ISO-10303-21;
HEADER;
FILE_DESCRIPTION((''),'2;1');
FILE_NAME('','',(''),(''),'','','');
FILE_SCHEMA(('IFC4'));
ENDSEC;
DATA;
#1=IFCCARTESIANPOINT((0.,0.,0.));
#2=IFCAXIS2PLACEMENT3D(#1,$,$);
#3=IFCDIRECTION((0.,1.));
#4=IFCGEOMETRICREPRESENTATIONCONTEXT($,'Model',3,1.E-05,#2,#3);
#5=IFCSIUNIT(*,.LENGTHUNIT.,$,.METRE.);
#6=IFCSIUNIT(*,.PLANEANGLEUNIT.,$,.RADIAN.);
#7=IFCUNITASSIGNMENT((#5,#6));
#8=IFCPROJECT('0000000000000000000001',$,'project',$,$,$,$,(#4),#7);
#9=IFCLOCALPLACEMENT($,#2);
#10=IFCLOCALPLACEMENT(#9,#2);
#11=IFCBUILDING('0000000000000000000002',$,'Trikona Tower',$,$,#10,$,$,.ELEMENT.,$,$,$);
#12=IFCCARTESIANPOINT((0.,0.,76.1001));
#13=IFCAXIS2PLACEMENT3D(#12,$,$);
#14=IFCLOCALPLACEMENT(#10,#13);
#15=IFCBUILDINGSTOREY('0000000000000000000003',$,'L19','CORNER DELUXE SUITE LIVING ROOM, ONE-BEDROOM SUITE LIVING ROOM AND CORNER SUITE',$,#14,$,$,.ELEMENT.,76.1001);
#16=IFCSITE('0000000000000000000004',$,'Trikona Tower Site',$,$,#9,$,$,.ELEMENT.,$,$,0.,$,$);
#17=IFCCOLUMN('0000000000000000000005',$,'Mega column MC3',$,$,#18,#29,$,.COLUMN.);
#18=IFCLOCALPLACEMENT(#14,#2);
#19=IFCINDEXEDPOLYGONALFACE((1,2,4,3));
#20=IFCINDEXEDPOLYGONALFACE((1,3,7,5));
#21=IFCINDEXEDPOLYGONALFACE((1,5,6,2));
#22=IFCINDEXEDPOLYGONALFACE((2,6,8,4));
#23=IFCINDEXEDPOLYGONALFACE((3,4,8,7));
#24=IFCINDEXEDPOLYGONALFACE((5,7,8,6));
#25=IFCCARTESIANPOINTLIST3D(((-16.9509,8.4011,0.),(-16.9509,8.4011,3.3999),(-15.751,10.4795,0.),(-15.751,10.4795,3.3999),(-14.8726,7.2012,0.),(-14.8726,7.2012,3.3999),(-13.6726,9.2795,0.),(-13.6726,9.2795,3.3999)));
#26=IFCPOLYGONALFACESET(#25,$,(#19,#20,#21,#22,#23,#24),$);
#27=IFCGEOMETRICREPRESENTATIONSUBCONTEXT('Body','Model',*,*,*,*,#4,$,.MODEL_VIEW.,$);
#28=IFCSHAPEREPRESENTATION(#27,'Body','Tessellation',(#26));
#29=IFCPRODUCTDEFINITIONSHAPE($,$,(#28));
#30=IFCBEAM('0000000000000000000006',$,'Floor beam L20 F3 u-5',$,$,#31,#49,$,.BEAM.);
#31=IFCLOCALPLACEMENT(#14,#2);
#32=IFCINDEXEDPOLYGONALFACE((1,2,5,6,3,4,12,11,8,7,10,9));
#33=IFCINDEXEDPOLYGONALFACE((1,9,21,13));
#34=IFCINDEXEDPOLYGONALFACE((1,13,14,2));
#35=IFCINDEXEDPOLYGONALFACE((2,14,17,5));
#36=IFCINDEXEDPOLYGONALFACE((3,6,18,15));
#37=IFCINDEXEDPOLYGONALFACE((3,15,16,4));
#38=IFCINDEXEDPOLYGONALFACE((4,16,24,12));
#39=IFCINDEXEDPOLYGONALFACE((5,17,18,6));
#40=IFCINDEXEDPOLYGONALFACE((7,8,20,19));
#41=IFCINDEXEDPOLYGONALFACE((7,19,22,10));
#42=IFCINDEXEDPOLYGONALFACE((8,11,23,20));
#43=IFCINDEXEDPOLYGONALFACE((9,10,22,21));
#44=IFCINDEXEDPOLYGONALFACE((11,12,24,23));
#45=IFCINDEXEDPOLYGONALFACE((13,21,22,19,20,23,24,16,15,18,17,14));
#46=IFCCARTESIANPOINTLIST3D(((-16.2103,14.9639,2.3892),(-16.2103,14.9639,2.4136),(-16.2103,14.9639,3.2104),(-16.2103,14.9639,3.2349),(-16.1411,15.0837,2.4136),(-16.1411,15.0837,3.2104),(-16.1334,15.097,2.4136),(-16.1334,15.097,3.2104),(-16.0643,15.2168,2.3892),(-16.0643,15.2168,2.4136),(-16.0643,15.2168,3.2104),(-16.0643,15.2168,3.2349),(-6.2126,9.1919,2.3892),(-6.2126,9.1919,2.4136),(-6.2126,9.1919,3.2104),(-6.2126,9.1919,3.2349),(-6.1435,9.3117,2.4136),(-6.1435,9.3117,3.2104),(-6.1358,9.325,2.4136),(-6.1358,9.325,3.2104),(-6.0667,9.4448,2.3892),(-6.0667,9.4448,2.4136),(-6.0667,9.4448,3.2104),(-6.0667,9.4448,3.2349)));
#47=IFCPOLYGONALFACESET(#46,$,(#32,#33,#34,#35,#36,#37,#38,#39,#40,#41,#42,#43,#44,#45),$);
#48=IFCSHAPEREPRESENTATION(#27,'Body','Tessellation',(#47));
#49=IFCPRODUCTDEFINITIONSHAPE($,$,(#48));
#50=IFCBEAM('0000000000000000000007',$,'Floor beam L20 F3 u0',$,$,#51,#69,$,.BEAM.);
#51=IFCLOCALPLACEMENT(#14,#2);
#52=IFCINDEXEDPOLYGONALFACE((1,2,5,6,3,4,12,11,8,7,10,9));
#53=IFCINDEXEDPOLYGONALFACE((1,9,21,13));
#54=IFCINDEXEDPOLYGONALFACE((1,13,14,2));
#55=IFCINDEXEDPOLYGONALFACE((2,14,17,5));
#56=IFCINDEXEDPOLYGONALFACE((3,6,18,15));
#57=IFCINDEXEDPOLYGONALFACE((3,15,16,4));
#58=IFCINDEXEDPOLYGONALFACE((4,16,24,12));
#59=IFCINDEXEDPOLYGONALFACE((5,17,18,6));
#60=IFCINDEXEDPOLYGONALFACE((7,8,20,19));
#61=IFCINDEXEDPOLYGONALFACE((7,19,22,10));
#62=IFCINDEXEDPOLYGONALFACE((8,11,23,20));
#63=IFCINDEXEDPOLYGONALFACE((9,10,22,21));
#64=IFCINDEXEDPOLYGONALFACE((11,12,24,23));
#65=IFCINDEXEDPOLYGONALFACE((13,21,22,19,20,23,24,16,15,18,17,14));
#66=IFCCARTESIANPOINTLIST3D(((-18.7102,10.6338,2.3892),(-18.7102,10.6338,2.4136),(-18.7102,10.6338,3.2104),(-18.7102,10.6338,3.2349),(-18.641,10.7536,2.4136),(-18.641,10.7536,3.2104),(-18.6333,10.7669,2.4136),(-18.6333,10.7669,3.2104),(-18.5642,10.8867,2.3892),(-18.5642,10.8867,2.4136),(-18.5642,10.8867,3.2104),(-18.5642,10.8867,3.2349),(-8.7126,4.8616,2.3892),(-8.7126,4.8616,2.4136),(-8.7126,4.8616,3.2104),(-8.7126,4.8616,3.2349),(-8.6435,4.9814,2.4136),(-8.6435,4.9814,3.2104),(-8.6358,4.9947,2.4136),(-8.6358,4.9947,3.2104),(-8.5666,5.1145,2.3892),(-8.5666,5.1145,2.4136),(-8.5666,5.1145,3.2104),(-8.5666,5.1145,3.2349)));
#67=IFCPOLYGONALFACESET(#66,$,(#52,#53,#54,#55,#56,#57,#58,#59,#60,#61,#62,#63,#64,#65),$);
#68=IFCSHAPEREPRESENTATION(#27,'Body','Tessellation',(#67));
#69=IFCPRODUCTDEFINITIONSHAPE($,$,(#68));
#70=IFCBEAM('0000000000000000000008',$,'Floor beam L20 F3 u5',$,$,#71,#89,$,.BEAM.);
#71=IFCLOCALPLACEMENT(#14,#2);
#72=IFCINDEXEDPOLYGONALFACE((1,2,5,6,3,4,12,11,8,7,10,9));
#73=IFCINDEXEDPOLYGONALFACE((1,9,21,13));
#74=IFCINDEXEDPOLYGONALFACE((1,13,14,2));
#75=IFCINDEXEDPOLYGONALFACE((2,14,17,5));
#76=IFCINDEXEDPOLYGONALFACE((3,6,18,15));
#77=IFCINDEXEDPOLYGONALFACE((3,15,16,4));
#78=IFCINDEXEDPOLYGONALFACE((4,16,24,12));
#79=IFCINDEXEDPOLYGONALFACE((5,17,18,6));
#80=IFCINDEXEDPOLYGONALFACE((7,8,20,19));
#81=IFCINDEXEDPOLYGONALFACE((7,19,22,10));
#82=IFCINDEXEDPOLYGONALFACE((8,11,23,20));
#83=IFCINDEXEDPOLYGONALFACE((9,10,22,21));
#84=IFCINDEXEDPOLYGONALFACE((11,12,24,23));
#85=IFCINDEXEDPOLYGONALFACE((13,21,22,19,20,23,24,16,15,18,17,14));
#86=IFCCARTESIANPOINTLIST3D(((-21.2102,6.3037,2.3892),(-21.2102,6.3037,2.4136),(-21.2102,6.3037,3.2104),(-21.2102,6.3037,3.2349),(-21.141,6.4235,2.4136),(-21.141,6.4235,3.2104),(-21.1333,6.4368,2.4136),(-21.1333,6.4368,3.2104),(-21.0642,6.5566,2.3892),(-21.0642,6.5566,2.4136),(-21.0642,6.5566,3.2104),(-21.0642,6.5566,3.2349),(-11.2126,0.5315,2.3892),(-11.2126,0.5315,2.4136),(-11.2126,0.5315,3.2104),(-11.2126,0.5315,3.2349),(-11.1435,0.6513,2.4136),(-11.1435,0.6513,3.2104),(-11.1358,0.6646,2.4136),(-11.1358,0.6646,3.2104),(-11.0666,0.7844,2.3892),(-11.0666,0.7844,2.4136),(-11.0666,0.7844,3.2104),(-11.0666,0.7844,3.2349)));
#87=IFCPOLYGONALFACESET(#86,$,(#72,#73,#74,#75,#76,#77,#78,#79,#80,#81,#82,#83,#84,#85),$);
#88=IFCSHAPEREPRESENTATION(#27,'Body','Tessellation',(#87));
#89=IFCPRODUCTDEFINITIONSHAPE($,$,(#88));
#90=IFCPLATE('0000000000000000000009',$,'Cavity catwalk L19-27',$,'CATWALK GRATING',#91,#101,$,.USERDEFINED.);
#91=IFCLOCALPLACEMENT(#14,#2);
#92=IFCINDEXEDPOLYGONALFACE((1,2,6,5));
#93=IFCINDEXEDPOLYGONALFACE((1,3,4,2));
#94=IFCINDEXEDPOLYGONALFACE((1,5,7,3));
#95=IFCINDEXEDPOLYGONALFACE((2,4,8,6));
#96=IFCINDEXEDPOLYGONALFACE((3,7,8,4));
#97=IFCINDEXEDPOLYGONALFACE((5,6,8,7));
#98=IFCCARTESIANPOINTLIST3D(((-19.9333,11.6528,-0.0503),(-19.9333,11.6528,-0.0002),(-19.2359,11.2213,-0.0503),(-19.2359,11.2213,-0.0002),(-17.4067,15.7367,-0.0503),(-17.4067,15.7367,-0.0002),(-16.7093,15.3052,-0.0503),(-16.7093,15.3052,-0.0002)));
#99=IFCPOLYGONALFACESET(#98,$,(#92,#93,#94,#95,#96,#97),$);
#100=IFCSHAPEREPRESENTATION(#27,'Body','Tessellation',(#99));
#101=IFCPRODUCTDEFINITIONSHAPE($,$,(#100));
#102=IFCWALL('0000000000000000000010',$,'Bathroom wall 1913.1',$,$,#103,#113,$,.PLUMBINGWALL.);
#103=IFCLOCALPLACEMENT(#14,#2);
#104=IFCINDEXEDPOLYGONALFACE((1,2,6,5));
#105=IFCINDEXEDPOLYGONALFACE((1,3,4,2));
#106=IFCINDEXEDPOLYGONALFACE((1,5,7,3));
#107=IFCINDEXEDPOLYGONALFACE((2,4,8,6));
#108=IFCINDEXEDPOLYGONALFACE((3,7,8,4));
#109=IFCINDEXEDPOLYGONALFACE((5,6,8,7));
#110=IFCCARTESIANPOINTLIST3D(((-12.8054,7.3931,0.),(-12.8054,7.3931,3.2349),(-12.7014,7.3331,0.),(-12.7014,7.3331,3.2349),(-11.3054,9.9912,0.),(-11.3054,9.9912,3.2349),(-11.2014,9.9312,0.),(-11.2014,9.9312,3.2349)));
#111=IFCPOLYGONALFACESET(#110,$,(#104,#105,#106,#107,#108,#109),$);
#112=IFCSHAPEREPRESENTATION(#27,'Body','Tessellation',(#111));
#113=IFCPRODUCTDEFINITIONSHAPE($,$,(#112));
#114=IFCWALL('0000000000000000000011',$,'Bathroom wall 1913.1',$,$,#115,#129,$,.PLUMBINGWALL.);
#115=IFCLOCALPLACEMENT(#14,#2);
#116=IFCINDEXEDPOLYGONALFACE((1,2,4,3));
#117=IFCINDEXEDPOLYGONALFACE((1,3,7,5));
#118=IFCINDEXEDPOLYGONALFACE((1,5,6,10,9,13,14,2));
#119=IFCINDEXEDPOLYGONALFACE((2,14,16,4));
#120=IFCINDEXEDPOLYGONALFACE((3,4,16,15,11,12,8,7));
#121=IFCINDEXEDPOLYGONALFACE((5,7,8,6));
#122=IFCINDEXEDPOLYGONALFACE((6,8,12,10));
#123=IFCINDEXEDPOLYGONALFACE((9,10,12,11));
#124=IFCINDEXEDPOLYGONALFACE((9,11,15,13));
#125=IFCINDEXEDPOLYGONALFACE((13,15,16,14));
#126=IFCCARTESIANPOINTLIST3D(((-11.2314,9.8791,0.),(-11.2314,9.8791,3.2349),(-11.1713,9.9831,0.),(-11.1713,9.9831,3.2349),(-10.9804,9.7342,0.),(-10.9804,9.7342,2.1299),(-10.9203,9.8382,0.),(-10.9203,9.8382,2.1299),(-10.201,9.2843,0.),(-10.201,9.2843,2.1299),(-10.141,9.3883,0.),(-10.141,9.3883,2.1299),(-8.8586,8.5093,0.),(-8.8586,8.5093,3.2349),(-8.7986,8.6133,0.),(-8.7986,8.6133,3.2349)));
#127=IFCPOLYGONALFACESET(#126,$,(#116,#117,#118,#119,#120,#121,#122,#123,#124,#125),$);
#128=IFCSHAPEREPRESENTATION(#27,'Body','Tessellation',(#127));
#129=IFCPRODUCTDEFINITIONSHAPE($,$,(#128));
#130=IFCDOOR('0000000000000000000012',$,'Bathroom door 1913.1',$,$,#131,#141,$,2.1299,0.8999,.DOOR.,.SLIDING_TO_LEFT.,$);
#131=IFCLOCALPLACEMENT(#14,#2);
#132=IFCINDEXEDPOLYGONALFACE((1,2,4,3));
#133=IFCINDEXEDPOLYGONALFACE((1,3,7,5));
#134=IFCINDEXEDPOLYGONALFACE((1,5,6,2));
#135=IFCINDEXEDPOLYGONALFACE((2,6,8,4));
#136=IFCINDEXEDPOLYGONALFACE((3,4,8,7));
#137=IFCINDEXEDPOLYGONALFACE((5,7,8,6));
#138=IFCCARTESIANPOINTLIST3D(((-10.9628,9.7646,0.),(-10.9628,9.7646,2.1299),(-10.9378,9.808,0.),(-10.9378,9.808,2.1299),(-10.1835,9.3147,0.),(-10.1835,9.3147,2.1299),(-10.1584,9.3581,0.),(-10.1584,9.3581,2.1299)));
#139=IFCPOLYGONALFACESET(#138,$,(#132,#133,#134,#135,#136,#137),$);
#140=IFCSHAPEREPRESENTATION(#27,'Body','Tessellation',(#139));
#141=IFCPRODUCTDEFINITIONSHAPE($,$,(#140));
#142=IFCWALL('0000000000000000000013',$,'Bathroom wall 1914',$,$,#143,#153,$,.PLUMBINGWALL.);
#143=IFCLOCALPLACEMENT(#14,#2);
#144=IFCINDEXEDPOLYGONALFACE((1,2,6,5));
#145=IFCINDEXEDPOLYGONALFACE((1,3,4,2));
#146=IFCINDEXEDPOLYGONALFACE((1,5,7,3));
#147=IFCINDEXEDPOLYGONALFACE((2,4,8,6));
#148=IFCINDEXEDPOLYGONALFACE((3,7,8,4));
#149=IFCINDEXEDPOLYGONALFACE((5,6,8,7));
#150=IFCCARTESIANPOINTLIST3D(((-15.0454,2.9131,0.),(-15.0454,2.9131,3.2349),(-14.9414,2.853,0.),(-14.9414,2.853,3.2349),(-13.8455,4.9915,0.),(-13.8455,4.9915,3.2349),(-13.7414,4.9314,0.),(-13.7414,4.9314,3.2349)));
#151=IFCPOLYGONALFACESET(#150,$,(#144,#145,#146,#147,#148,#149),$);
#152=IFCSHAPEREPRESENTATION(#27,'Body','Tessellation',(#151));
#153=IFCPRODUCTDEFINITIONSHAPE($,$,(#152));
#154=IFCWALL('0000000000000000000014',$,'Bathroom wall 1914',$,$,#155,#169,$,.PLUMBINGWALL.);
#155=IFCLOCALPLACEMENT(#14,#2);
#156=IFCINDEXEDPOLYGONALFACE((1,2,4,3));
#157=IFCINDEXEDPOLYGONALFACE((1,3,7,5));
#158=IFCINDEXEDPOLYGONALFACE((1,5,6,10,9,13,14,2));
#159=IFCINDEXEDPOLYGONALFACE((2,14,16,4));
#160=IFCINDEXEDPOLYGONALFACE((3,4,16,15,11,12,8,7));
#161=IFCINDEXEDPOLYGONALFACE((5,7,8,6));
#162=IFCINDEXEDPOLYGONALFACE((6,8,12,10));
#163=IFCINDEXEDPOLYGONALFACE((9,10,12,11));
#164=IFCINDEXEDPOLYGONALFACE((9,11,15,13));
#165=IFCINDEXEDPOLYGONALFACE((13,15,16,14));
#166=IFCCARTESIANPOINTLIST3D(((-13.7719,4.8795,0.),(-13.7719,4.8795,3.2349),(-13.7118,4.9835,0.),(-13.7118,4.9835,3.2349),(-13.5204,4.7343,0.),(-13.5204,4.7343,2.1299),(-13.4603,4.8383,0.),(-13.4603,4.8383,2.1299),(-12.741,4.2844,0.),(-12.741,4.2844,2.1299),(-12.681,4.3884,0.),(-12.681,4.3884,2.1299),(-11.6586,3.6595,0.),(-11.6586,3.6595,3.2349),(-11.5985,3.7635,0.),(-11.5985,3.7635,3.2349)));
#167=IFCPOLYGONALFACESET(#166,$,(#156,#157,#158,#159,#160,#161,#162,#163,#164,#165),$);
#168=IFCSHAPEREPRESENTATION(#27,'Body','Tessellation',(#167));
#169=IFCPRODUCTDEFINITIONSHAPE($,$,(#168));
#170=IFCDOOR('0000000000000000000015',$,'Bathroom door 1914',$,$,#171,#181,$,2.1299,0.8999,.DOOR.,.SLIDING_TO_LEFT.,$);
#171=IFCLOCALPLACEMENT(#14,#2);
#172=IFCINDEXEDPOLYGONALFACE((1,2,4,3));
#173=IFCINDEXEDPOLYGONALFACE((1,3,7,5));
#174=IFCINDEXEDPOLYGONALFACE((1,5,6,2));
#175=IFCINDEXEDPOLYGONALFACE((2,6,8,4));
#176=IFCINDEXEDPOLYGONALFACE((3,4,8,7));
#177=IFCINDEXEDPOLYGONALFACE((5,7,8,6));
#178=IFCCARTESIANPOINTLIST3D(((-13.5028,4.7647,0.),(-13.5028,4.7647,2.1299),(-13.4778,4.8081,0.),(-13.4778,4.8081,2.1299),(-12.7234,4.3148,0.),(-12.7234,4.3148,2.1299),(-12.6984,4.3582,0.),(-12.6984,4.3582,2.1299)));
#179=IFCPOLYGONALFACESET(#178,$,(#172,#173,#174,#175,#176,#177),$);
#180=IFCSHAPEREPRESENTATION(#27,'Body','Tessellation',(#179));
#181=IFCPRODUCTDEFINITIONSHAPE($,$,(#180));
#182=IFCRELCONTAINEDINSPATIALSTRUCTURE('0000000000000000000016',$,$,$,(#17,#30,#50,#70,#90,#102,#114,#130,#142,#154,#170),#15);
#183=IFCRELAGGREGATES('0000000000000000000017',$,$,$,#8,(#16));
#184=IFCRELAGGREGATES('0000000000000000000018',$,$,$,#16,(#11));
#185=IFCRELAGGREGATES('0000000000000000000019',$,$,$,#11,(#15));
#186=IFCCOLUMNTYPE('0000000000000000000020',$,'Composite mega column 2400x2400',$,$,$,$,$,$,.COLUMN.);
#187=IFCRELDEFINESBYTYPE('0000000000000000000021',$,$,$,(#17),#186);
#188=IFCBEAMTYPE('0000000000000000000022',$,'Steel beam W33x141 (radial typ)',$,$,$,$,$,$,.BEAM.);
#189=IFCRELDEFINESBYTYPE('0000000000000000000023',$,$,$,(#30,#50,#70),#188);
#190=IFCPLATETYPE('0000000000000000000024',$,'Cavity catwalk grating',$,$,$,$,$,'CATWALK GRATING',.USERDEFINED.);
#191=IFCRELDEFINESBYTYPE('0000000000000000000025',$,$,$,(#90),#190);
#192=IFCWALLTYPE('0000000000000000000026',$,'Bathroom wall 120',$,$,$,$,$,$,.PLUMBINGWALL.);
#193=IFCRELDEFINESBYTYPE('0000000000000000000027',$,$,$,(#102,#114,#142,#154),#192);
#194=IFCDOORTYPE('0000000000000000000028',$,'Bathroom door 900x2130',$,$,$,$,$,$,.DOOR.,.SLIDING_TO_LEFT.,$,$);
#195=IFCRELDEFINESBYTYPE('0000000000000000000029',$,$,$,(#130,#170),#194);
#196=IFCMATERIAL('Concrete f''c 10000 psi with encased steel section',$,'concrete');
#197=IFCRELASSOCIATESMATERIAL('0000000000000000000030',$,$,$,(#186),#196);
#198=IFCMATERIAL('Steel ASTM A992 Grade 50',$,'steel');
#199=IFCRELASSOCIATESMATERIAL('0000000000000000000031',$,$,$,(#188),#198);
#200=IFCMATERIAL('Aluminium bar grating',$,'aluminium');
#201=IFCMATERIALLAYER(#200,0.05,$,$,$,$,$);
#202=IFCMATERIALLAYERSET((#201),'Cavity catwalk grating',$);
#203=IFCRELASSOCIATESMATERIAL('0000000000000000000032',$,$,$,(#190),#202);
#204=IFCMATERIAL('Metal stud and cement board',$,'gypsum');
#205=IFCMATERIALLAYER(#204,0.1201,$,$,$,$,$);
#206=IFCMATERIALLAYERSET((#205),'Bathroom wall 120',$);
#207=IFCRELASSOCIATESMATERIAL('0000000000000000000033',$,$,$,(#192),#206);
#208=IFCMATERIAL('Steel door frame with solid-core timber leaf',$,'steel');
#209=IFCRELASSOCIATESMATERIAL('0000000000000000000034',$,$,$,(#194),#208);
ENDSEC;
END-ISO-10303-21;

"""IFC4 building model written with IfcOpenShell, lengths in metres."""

from ifc_helpers import new_model, si_unit, direction, frame, frame_2d, origin, origin_2d, place, context, subcontext, project, spatial, rectangle, i_section, extrude, material, layer, layer_set, material_profile, profile_set, type_object, element, fill, save


model = new_model("IFC4")

# Units and contexts
model_context = context("Model", 3, precision=1e-05, world=origin(), true_north=direction((0.0, 1.0)))
body_context = subcontext(model_context, "Body", "Model", "MODEL_VIEW")
ifc_project = project(units=[si_unit("LENGTHUNIT", "METRE"), si_unit("PLANEANGLEUNIT", "RADIAN")], contexts=[model_context])

# Site, building, storey
site_placement = place(None, origin())
site = spatial("IfcSite", under=ifc_project, at=site_placement, Name="Trikona Tower Site", CompositionType="ELEMENT", RefElevation=0.0)
building_placement = place(site_placement, origin())
building = spatial("IfcBuilding", under=site, at=building_placement, Name="Trikona Tower", CompositionType="ELEMENT")
storey_placement = place(building_placement, frame((0.0, 0.0, 76.1001)))
storey = spatial("IfcBuildingStorey", under=building, at=storey_placement, Name="L19", Description="CORNER DELUXE SUITE LIVING ROOM, ONE-BEDROOM SUITE LIVING ROOM AND CORNER SUITE", CompositionType="ELEMENT", Elevation=76.1001)

# Column
ifc_material_1 = material(Name="Concrete f'c 10000 psi with encased steel section", Category="concrete")
ifc_material_profile_1 = material_profile(ifc_material_1, rectangle(XDim=2.3999, YDim=2.3999, at=origin_2d()), Name="MC2400")
ifc_profile_set_1 = profile_set([ifc_material_profile_1], Name="Concrete f'c 10000 psi with encased steel section")
column_type = type_object("IfcColumnType", Name="Composite mega column 2400x2400", PredefinedType="COLUMN", material=ifc_profile_set_1)
column_placement = place(storey_placement, frame((-15.3118, 8.8403, 0.0), z_axis=(0.0, 0.0, 1.0), x_axis=(-0.866025, 0.5, 0.0)))
element("IfcColumn", 1, at=column_placement, inside=storey, type_object=column_type, Name="Mega column MC3", PredefinedType="COLUMN", context=body_context, shape_type="SweptSolid", body=[
    extrude(rectangle(XDim=2.3999, YDim=2.3999, at=origin_2d()), origin(), (0.0, 0.0, 1.0), 3.3999),
])

# Beams
ifc_material_2 = material(Name="Steel ASTM A992 Grade 50", Category="steel")
ifc_material_profile_2 = material_profile(ifc_material_2, i_section(OverallWidth=0.292, OverallDepth=0.8457, WebThickness=0.0154, FlangeThickness=0.0244, at=origin_2d()), Name="W33X141")
ifc_profile_set_2 = profile_set([ifc_material_profile_2], Name="Steel ASTM A992 Grade 50")
beam_type = type_object("IfcBeamType", Name="Steel beam W33x141 (radial typ)", PredefinedType="BEAM", material=ifc_profile_set_2)
for number, where, z_axis, x_axis, name in (
    (2, (-6.1396, 9.3184, 2.812), (-0.86603, 0.499992, 0.0), (-0.499992, -0.86603, 0.0), "Floor beam L20 F3 u-5"),
    (3, (-8.6396, 4.988, 2.812), (-0.866021, 0.500008, 0.0), (-0.500008, -0.866021, 0.0), "Floor beam L20 F3 u0"),
    (4, (-11.1396, 0.658, 2.812), (-0.866021, 0.500008, 0.0), (-0.500008, -0.866021, 0.0), "Floor beam L20 F3 u5"),
):
    element("IfcBeam", number, at=place(storey_placement, frame(where, z_axis=z_axis, x_axis=x_axis)), inside=storey, type_object=beam_type, Name=name, PredefinedType="BEAM", context=body_context, shape_type="SweptSolid", body=[
        extrude(i_section(OverallWidth=0.292, OverallDepth=0.8457, WebThickness=0.0154, FlangeThickness=0.0244, at=origin_2d()), origin(), (0.0, 0.0, 1.0), 11.5442),
    ])

# Plate
ifc_material_3 = material(Name="Aluminium bar grating", Category="aluminium")
ifc_layer_1 = layer(ifc_material_3, 0.05)
ifc_layer_set_1 = layer_set([ifc_layer_1], Name="Cavity catwalk grating")
plate_type = type_object("IfcPlateType", Name="Cavity catwalk grating", ElementType="CATWALK GRATING", PredefinedType="USERDEFINED", material=ifc_layer_set_1)
plate_placement = place(storey_placement, frame((-18.3213, 13.479, -0.0503), z_axis=(0.0, 0.0, 1.0), x_axis=(-0.526119, -0.850411, 0.0)))
element("IfcPlate", 5, at=plate_placement, inside=storey, type_object=plate_type, Name="Cavity catwalk L19-27", ObjectType="CATWALK GRATING", PredefinedType="USERDEFINED", context=body_context, shape_type="SweptSolid", body=[
    extrude(rectangle(XDim=4.8022, YDim=0.8201, at=origin_2d()), origin(), (0.0, 0.0, 1.0), 0.05),
])

# Wall
ifc_material_4 = material(Name="Metal stud and cement board", Category="gypsum")
ifc_layer_2 = layer(ifc_material_4, 0.1201)
ifc_layer_set_2 = layer_set([ifc_layer_2], Name="Bathroom wall 120")
wall_type_1 = type_object("IfcWallType", Name="Bathroom wall 120", PredefinedType="PLUMBINGWALL", material=ifc_layer_set_2)
wall_1_placement = place(storey_placement, frame((-11.2534, 9.9612, 0.0), z_axis=(0.0, 0.0, 1.0), x_axis=(-0.49999, -0.866031, 0.0)))
element("IfcWall", 6, at=wall_1_placement, inside=storey, type_object=wall_type_1, Name="Bathroom wall 1913.1", PredefinedType="PLUMBINGWALL", context=body_context, shape_type="SweptSolid", body=[
    extrude(rectangle(XDim=3.0, YDim=0.1201, at=frame_2d((1.5, 0.0))), origin(), (0.0, 0.0, 1.0), 3.2349),
])

# Wall, opening, door
wall_2_placement = place(storey_placement, frame((-8.8286, 8.5613, 0.0), z_axis=(0.0, 0.0, 1.0), x_axis=(-0.866036, 0.499982, 0.0)))
wall_2 = element("IfcWall", 7, at=wall_2_placement, inside=storey, type_object=wall_type_1, Name="Bathroom wall 1913.1", PredefinedType="PLUMBINGWALL", context=body_context, shape_type="SweptSolid", body=[
    extrude(rectangle(XDim=2.7397, YDim=0.1201, at=frame_2d((1.3699, 0.0))), origin(), (0.0, 0.0, 1.0), 3.2349),
])
opening_1_placement = place(wall_2_placement, frame((1.55, 0.0, 0.0)))
opening_1 = element("IfcOpeningElement", 8, at=opening_1_placement, cuts=wall_2, PredefinedType="OPENING", context=body_context, shape_type="SweptSolid", body=[
    extrude(rectangle(XDim=0.8999, YDim=2.1299, at=frame_2d((0.45, 1.0649))), frame((0.0, 0.0701, 0.0), z_axis=(0.0, -1.0, 0.0), x_axis=(1.0, 0.0, 0.0)), (0.0, 0.0, 1.0), 0.1401),
])
ifc_material_5 = material(Name="Steel door frame with solid-core timber leaf", Category="steel")
door_type_1 = type_object("IfcDoorType", Name="Bathroom door 900x2130", OperationType="SLIDING_TO_LEFT", PredefinedType="DOOR", material=ifc_material_5)
door_1_placement = place(opening_1_placement, origin())
door_1 = element("IfcDoor", 9, at=door_1_placement, inside=storey, type_object=door_type_1, Name="Bathroom door 1913.1", OperationType="SLIDING_TO_LEFT", OverallHeight=2.1299, OverallWidth=0.8999, PredefinedType="DOOR", context=body_context, shape_type="SweptSolid", body=[
    extrude(rectangle(XDim=0.8999, YDim=2.1299, at=frame_2d((0.45, 1.0649))), frame((0.0, 0.0249, 0.0), z_axis=(0.0, -1.0, 0.0), x_axis=(1.0, 0.0, 0.0)), (0.0, 0.0, 1.0), 0.05),
])
fill(opening_1, door_1)

# Wall
wall_3_placement = place(storey_placement, frame((-13.7935, 4.9614, 0.0), z_axis=(0.0, 0.0, 1.0), x_axis=(-0.500001, -0.866025, 0.0)))
element("IfcWall", 10, at=wall_3_placement, inside=storey, type_object=wall_type_1, Name="Bathroom wall 1914", PredefinedType="PLUMBINGWALL", context=body_context, shape_type="SweptSolid", body=[
    extrude(rectangle(XDim=2.3999, YDim=0.1201, at=frame_2d((1.2, 0.0))), origin(), (0.0, 0.0, 1.0), 3.2349),
])

# Wall, opening, door
wall_4_placement = place(storey_placement, frame((-11.6284, 3.7114, 0.0), z_axis=(0.0, 0.0, 1.0), x_axis=(-0.866049, 0.499959, 0.0)))
wall_4 = element("IfcWall", 11, at=wall_4_placement, inside=storey, type_object=wall_type_1, Name="Bathroom wall 1914", PredefinedType="PLUMBINGWALL", context=body_context, shape_type="SweptSolid", body=[
    extrude(rectangle(XDim=2.4402, YDim=0.1201, at=frame_2d((1.2202, 0.0))), origin(), (0.0, 0.0, 1.0), 3.2349),
])
opening_2_placement = place(wall_4_placement, frame((1.25, 0.0, 0.0)))
opening_2 = element("IfcOpeningElement", 12, at=opening_2_placement, cuts=wall_4, PredefinedType="OPENING", context=body_context, shape_type="SweptSolid", body=[
    extrude(rectangle(XDim=0.8999, YDim=2.1299, at=frame_2d((0.45, 1.0649))), frame((0.0, 0.0701, 0.0), z_axis=(0.0, -1.0, 0.0), x_axis=(1.0, 0.0, 0.0)), (0.0, 0.0, 1.0), 0.1401),
])
door_2_placement = place(opening_2_placement, origin())
door_2 = element("IfcDoor", 13, at=door_2_placement, inside=storey, type_object=door_type_1, Name="Bathroom door 1914", OperationType="SLIDING_TO_LEFT", OverallHeight=2.1299, OverallWidth=0.8999, PredefinedType="DOOR", context=body_context, shape_type="SweptSolid", body=[
    extrude(rectangle(XDim=0.8999, YDim=2.1299, at=frame_2d((0.45, 1.0649))), frame((0.0, 0.0249, 0.0), z_axis=(0.0, -1.0, 0.0), x_axis=(1.0, 0.0, 0.0)), (0.0, 0.0, 1.0), 0.05),
])
fill(opening_2, door_2)

save(model, "model.ifc")
